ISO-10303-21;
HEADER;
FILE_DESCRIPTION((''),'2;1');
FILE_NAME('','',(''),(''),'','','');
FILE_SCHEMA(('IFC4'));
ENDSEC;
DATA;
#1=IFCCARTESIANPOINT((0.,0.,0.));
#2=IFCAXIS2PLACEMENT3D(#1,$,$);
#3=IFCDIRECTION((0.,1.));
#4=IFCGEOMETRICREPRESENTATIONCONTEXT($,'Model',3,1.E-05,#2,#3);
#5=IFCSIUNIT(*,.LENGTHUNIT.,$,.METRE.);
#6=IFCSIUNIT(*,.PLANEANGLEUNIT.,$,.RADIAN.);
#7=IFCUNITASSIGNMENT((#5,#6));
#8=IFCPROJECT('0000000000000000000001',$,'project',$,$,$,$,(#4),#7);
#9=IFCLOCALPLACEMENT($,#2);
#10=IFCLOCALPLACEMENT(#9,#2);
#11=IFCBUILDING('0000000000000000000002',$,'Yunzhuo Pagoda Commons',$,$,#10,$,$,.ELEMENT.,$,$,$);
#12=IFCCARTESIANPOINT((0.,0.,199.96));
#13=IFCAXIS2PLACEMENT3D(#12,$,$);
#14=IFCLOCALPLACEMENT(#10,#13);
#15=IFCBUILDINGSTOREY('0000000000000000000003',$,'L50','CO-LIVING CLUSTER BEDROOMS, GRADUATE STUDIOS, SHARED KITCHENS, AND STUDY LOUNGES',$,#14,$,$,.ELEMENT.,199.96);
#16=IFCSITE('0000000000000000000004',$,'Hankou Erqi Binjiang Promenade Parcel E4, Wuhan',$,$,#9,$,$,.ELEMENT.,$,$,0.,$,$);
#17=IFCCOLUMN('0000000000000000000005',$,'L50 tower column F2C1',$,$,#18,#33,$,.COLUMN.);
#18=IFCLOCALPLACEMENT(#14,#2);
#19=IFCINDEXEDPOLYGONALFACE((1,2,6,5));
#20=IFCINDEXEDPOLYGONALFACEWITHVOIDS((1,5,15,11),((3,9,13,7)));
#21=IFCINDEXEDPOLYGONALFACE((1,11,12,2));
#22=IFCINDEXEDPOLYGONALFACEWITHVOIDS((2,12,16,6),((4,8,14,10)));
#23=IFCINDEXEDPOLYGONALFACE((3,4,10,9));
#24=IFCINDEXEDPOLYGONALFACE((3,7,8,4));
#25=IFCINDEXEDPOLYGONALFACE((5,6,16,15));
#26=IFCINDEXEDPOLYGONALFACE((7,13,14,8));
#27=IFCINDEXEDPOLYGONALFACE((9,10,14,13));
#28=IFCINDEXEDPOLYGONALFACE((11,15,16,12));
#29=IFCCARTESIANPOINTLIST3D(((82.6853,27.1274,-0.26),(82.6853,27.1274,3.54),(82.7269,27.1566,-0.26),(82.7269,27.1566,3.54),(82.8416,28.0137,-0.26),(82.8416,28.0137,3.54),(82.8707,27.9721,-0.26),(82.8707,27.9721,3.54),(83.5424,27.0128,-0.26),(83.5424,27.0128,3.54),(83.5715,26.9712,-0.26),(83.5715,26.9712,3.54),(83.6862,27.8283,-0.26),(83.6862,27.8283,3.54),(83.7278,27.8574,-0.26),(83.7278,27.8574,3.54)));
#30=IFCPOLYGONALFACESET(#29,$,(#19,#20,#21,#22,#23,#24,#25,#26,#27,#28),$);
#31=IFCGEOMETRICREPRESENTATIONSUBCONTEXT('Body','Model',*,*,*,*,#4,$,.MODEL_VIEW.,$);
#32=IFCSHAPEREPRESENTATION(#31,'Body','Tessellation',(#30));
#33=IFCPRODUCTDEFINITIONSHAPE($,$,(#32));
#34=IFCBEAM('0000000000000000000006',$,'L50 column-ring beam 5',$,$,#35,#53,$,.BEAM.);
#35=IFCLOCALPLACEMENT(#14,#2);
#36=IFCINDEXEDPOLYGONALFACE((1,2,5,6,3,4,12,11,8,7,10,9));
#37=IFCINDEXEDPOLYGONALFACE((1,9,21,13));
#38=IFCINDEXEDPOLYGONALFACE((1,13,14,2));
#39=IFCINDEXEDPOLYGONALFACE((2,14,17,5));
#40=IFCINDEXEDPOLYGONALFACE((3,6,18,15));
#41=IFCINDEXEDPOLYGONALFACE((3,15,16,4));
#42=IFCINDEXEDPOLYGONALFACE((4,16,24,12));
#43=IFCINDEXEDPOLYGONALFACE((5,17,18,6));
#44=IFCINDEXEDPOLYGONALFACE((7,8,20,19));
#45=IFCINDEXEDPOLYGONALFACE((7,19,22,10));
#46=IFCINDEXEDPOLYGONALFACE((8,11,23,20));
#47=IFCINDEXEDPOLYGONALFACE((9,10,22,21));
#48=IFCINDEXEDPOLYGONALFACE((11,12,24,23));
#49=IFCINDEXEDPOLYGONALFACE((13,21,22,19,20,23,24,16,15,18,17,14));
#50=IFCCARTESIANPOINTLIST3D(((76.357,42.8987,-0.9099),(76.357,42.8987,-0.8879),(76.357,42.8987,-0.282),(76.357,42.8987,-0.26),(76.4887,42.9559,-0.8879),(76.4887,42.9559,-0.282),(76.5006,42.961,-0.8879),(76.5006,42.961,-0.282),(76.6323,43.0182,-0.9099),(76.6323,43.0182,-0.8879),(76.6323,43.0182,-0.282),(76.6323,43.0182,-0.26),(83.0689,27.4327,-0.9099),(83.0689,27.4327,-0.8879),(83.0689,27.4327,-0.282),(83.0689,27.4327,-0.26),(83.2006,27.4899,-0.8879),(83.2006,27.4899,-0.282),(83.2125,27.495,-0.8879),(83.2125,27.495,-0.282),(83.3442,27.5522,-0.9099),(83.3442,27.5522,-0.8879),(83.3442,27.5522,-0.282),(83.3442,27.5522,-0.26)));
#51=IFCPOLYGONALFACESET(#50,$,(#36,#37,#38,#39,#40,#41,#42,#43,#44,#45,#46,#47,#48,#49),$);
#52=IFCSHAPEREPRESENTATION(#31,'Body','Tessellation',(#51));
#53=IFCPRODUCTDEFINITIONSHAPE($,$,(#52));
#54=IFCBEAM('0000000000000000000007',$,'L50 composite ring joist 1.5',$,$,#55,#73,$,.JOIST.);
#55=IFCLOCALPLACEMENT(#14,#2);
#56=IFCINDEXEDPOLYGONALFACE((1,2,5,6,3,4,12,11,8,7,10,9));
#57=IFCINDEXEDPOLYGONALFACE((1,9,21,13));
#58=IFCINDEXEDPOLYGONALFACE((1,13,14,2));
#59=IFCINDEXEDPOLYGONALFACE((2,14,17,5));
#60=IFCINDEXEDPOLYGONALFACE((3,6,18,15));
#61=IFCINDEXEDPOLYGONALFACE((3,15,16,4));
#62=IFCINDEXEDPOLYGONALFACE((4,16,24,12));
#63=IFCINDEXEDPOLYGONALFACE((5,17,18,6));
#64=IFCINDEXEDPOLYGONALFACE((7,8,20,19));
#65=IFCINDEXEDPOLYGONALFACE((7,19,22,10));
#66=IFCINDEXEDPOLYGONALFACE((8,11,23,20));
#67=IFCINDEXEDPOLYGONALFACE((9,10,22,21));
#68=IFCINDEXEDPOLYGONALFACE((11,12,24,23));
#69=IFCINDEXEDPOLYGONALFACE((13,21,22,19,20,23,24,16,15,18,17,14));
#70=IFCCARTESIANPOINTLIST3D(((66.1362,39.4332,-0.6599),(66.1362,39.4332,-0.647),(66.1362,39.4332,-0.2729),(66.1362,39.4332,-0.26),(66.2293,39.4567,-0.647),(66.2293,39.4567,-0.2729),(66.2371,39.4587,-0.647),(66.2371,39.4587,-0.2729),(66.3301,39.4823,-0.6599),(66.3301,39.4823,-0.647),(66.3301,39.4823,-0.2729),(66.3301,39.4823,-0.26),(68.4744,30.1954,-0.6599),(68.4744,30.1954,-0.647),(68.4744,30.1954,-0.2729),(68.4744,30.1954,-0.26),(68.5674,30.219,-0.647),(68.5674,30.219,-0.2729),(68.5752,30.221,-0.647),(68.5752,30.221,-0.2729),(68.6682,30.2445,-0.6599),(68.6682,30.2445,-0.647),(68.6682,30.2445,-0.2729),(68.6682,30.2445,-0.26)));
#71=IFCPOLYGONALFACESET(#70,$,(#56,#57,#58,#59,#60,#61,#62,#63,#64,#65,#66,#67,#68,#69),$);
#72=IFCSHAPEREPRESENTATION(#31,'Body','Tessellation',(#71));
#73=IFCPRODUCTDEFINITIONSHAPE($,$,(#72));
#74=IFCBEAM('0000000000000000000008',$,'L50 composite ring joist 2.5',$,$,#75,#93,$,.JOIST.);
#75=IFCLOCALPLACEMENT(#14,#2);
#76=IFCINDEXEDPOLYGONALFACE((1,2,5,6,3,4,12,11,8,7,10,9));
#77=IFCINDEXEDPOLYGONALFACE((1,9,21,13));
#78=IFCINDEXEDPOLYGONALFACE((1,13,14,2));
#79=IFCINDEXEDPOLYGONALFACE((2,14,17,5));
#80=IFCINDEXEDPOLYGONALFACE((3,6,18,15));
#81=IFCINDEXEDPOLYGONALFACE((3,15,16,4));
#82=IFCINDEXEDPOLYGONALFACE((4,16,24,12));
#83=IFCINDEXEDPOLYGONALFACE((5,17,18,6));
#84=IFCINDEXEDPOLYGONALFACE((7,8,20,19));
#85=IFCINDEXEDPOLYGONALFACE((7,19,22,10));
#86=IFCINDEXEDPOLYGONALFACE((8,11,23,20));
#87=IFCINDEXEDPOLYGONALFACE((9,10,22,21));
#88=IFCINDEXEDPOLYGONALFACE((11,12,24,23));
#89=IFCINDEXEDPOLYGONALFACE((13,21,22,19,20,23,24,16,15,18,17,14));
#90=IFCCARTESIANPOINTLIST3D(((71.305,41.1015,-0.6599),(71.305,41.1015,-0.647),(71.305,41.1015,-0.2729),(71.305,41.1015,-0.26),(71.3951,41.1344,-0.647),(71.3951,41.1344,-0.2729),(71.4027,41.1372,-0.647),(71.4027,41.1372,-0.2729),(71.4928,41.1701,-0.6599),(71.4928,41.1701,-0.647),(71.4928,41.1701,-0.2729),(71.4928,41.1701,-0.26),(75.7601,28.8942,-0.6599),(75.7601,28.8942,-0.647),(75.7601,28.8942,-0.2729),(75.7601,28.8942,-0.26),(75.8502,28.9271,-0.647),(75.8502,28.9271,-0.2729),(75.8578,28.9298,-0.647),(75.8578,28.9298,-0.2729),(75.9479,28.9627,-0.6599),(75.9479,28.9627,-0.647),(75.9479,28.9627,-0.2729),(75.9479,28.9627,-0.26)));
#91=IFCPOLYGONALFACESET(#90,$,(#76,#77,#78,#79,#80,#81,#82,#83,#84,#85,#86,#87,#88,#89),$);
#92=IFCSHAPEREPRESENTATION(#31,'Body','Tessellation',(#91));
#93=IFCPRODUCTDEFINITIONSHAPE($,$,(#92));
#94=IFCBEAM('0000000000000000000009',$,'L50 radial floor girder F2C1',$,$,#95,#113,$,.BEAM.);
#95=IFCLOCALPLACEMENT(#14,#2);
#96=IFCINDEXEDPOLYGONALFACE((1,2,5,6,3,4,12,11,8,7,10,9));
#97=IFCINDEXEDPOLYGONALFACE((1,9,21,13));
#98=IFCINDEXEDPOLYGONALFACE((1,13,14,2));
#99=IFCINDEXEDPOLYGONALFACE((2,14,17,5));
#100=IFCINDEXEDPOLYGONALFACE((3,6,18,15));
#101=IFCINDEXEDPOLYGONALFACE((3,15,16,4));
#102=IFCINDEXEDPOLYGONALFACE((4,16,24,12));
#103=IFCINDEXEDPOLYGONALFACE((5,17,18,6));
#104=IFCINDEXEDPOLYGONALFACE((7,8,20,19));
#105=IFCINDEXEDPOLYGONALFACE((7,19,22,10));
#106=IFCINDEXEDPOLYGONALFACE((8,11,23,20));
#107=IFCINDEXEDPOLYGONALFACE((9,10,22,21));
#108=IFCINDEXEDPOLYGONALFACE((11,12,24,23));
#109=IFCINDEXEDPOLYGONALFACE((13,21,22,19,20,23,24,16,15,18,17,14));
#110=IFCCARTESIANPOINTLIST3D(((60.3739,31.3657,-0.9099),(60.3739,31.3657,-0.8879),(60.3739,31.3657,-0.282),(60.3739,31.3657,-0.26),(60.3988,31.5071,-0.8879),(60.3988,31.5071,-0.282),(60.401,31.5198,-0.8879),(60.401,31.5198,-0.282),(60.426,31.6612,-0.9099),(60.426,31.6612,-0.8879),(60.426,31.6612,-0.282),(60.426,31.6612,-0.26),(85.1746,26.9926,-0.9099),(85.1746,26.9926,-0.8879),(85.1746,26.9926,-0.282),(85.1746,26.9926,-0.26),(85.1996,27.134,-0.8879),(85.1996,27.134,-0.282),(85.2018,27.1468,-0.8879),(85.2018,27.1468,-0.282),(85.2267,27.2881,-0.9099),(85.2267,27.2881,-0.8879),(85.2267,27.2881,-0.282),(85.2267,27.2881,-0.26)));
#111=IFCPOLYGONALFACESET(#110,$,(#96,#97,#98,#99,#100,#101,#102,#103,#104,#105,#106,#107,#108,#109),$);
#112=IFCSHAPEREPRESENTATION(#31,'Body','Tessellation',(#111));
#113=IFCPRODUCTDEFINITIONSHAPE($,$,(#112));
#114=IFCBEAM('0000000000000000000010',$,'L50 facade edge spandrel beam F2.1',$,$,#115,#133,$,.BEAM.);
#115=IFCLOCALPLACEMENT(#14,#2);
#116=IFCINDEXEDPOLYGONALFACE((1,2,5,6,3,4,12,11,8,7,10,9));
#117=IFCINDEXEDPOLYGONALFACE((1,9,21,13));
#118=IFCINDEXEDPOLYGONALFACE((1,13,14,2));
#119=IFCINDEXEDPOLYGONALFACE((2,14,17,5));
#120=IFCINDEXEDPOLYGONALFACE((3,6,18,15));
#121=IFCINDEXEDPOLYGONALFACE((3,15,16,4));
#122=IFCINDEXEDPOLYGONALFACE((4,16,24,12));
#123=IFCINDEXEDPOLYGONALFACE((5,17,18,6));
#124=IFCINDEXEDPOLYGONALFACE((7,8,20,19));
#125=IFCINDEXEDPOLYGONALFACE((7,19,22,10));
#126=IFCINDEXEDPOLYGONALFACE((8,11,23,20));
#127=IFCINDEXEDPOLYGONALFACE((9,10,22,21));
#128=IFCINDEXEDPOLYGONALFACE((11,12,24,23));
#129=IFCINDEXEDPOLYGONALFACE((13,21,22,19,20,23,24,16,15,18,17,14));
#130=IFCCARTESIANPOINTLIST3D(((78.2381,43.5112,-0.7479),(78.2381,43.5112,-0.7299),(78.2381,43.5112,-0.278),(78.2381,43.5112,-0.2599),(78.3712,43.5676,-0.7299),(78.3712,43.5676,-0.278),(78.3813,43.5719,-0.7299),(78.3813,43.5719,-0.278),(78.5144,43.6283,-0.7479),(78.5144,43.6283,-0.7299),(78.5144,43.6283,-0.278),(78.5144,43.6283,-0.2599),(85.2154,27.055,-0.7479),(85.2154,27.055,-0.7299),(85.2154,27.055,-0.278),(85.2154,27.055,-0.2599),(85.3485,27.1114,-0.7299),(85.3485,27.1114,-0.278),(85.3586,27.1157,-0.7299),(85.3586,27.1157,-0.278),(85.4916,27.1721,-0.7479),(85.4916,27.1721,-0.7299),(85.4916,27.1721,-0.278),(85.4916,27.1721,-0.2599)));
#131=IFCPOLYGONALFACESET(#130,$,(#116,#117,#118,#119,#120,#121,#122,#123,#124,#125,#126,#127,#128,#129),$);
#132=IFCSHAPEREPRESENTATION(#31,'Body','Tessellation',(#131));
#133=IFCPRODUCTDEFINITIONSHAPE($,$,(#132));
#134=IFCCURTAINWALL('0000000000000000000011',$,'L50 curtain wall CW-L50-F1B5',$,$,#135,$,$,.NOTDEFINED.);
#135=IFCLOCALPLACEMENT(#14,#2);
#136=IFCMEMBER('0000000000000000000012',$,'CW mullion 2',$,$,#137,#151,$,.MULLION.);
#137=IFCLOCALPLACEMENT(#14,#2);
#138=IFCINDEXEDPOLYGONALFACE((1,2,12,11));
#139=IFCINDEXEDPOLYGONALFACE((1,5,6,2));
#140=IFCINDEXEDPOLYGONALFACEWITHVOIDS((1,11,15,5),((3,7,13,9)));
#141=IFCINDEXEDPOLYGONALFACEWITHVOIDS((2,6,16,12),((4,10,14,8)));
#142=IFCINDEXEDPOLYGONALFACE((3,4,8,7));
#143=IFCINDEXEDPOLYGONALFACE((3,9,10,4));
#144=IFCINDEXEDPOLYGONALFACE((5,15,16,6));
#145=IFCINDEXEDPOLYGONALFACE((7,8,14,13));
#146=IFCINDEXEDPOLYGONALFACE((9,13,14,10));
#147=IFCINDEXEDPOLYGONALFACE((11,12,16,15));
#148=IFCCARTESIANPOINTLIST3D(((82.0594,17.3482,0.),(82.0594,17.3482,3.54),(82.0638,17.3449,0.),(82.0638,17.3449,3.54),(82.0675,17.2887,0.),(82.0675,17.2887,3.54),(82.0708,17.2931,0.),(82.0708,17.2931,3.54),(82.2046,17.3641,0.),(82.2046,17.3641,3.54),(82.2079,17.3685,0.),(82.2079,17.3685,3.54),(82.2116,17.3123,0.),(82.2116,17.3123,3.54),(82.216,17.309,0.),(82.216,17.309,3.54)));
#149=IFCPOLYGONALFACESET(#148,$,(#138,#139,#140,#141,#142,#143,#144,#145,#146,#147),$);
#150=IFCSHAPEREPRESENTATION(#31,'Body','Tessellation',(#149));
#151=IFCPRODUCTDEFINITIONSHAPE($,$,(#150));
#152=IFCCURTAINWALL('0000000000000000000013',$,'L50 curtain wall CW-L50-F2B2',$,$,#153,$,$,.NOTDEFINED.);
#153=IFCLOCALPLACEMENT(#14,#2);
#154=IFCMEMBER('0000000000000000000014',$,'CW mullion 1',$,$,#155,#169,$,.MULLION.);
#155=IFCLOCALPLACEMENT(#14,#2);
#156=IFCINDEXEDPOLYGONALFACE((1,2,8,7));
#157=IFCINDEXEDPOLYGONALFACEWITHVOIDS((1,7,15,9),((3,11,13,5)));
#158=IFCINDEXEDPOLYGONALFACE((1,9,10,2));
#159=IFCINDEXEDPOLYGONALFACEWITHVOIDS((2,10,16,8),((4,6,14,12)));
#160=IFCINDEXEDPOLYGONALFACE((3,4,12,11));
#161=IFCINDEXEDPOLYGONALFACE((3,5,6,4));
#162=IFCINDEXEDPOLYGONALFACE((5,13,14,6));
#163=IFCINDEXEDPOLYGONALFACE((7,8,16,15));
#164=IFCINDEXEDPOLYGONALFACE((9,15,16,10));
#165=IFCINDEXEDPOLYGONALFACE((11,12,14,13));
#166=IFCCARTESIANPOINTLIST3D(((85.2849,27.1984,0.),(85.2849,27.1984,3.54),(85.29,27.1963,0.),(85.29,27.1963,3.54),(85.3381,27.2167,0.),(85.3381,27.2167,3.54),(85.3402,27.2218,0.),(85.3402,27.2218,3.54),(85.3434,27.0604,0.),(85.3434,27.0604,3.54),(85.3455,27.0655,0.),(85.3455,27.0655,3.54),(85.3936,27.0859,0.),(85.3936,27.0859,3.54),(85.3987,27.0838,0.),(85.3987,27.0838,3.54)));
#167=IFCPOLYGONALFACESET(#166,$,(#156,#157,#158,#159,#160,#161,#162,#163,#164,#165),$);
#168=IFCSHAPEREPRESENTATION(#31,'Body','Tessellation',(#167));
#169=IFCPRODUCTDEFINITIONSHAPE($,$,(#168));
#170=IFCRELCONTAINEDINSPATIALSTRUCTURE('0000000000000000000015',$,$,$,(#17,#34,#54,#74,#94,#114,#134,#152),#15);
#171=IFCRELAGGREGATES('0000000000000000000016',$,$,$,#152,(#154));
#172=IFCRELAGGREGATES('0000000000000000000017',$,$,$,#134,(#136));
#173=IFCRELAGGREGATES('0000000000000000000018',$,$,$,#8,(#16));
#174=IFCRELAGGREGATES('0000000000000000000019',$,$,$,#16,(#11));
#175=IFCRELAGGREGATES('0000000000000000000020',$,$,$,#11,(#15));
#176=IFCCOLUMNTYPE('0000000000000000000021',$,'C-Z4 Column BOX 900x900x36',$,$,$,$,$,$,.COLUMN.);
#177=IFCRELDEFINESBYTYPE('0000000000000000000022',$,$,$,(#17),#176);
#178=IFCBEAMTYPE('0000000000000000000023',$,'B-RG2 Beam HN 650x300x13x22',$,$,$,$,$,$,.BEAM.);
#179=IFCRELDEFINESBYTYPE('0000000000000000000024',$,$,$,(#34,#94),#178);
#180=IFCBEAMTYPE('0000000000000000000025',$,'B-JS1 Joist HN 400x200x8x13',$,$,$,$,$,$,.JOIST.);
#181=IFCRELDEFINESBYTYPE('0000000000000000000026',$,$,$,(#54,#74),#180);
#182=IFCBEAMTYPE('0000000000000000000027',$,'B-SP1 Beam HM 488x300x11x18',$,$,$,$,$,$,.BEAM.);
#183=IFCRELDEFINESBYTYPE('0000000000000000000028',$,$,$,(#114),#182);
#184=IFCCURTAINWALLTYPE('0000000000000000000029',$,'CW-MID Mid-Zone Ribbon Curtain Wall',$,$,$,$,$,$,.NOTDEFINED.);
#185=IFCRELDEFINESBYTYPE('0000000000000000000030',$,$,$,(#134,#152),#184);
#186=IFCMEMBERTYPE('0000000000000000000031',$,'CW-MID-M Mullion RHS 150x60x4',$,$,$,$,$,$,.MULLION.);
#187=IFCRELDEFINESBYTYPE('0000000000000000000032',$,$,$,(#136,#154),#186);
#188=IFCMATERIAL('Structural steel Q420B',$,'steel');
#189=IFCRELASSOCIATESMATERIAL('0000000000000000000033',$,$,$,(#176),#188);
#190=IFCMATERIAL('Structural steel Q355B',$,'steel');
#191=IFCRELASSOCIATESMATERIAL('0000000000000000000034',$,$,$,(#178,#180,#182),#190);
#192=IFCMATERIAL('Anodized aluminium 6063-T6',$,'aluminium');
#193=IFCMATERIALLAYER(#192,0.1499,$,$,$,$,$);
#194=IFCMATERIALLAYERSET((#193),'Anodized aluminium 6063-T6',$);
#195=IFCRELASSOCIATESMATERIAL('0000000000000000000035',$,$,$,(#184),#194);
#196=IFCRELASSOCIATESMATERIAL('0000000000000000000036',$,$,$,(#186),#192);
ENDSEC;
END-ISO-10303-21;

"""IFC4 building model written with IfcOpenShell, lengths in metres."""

from ifc_helpers import new_model, si_unit, direction, frame, origin, origin_2d, place, context, subcontext, project, spatial, hollow_rectangle, i_section, extrude, source, transform, mapped, material, layer, layer_set, material_profile, profile_set, type_object, element, aggregate, save


model = new_model("IFC4")

# Units and contexts
model_context = context("Model", 3, precision=1e-05, world=origin(), true_north=direction((0.0, 1.0)))
body_context = subcontext(model_context, "Body", "Model", "MODEL_VIEW")
ifc_project = project(units=[si_unit("LENGTHUNIT", "METRE"), si_unit("PLANEANGLEUNIT", "RADIAN")], contexts=[model_context])

# Site, building, storey
site_placement = place(None, origin())
site = spatial("IfcSite", under=ifc_project, at=site_placement, Name="Hankou Erqi Binjiang Promenade Parcel E4, Wuhan", CompositionType="ELEMENT", RefElevation=0.0)
building_placement = place(site_placement, origin())
building = spatial("IfcBuilding", under=site, at=building_placement, Name="Yunzhuo Pagoda Commons", CompositionType="ELEMENT")
storey_placement = place(building_placement, frame((0.0, 0.0, 199.96)))
storey = spatial("IfcBuildingStorey", under=building, at=storey_placement, Name="L50", Description="CO-LIVING CLUSTER BEDROOMS, GRADUATE STUDIOS, SHARED KITCHENS, AND STUDY LOUNGES", CompositionType="ELEMENT", Elevation=199.96)

# Column
ifc_material_1 = material(Name="Structural steel Q420B", Category="steel")
ifc_material_profile_1 = material_profile(ifc_material_1, hollow_rectangle(XDim=0.8999, YDim=0.8999, WallThickness=0.0359, at=origin_2d()), Name="Structural steel Q420B")
ifc_profile_set_1 = profile_set([ifc_material_profile_1], Name="Structural steel Q420B")
column_type = type_object("IfcColumnType", Name="C-Z4 Column BOX 900x900x36", PredefinedType="COLUMN", material=ifc_profile_set_1)
shared_shape_1 = source(origin(), body_context, "Body", "SweptSolid", [
    extrude(hollow_rectangle(XDim=0.8999, YDim=0.8999, WallThickness=0.0359, at=origin_2d()), origin(), (0.0, 0.0, 1.0), 3.8),
])
column_placement = place(storey_placement, frame((83.2065, 27.4924, -0.26), z_axis=(0.0, 0.0, 1.0), x_axis=(0.173648, 0.984808, 0.0)))
element("IfcColumn", 1, at=column_placement, inside=storey, type_object=column_type, Name="L50 tower column F2C1", PredefinedType="COLUMN", context=body_context, shape_type="MappedRepresentation", body=[
    mapped(shared_shape_1, transform((0.0, 0.0, 0.0), scale=1.0)),
])

# Beams
ifc_material_2 = material(Name="Structural steel Q355B", Category="steel")
ifc_material_profile_2 = material_profile(ifc_material_2, i_section(OverallWidth=0.3, OverallDepth=0.6499, WebThickness=0.0129, FlangeThickness=0.022, at=origin_2d()), Name="Structural steel Q355B")
ifc_profile_set_2 = profile_set([ifc_material_profile_2], Name="Structural steel Q355B")
beam_type_1 = type_object("IfcBeamType", Name="B-RG2 Beam HN 650x300x13x22", PredefinedType="BEAM", material=ifc_profile_set_2)
shared_shape_2 = source(origin(), body_context, "Body", "SweptSolid", [
    extrude(i_section(OverallWidth=0.3, OverallDepth=0.6499, WebThickness=0.0129, FlangeThickness=0.022, at=origin_2d()), origin(), (0.0, 0.0, 1.0), 16.8596),
])
beam_1_placement = place(storey_placement, frame((83.2065, 27.4924, -0.585), z_axis=(-0.398104, 0.91734, 0.0), x_axis=(-0.91734, -0.398104, 0.0)))
element("IfcBeam", 2, at=beam_1_placement, inside=storey, type_object=beam_type_1, Name="L50 column-ring beam 5", PredefinedType="BEAM", context=body_context, shape_type="MappedRepresentation", body=[
    mapped(shared_shape_2, transform((0.0, 0.0, 0.0), scale=1.0)),
])
ifc_material_profile_3 = material_profile(ifc_material_2, i_section(OverallWidth=0.2, OverallDepth=0.3999, WebThickness=0.0081, FlangeThickness=0.0129, at=origin_2d()), Name="Structural steel Q355B")
ifc_profile_set_3 = profile_set([ifc_material_profile_3], Name="Structural steel Q355B")
beam_type_2 = type_object("IfcBeamType", Name="B-JS1 Joist HN 400x200x8x13", PredefinedType="JOIST", material=ifc_profile_set_3)
shared_shape_3 = source(origin(), body_context, "Body", "SweptSolid", [
    extrude(i_section(OverallWidth=0.2, OverallDepth=0.3999, WebThickness=0.0081, FlangeThickness=0.0129, at=origin_2d()), origin(), (0.0, 0.0, 1.0), 9.5291),
])
beam_2_placement = place(storey_placement, frame((68.5713, 30.22, -0.46), z_axis=(-0.245368, 0.96943, 0.0), x_axis=(-0.96943, -0.245368, 0.0)))
element("IfcBeam", 3, at=beam_2_placement, inside=storey, type_object=beam_type_2, Name="L50 composite ring joist 1.5", PredefinedType="JOIST", context=body_context, shape_type="MappedRepresentation", body=[
    mapped(shared_shape_3, transform((0.0, 0.0, 0.0), scale=1.0)),
])
shared_shape_4 = source(origin(), body_context, "Body", "SweptSolid", [
    extrude(i_section(OverallWidth=0.2, OverallDepth=0.3999, WebThickness=0.0081, FlangeThickness=0.0129, at=origin_2d()), origin(), (0.0, 0.0, 1.0), 12.9949),
])
beam_3_placement = place(storey_placement, frame((75.854, 28.9285, -0.46), z_axis=(-0.342835, 0.939396, 0.0), x_axis=(-0.939396, -0.342835, 0.0)))
element("IfcBeam", 4, at=beam_3_placement, inside=storey, type_object=beam_type_2, Name="L50 composite ring joist 2.5", PredefinedType="JOIST", context=body_context, shape_type="MappedRepresentation", body=[
    mapped(shared_shape_4, transform((0.0, 0.0, 0.0), scale=1.0)),
])
shared_shape_5 = source(origin(), body_context, "Body", "SweptSolid", [
    extrude(i_section(OverallWidth=0.3, OverallDepth=0.6499, WebThickness=0.0129, FlangeThickness=0.022, at=origin_2d()), origin(), (0.0, 0.0, 1.0), 25.1833),
])
beam_4_placement = place(storey_placement, frame((85.2007, 27.1404, -0.585), z_axis=(-0.984808, 0.173648, 0.0), x_axis=(-0.173648, -0.984808, 0.0)))
element("IfcBeam", 5, at=beam_4_placement, inside=storey, type_object=beam_type_1, Name="L50 radial floor girder F2C1", PredefinedType="BEAM", context=body_context, shape_type="MappedRepresentation", body=[
    mapped(shared_shape_5, transform((0.0, 0.0, 0.0), scale=1.0)),
])
ifc_material_profile_4 = material_profile(ifc_material_2, i_section(OverallWidth=0.3, OverallDepth=0.488, WebThickness=0.011, FlangeThickness=0.0181, at=origin_2d()), Name="Structural steel Q355B")
ifc_profile_set_4 = profile_set([ifc_material_profile_4], Name="Structural steel Q355B")
beam_type_3 = type_object("IfcBeamType", Name="B-SP1 Beam HM 488x300x11x18", PredefinedType="BEAM", material=ifc_profile_set_4)
shared_shape_6 = source(origin(), body_context, "Body", "SweptSolid", [
    extrude(i_section(OverallWidth=0.3, OverallDepth=0.488, WebThickness=0.011, FlangeThickness=0.0181, at=origin_2d()), origin(), (0.0, 0.0, 1.0), 17.8743),
])
beam_5_placement = place(storey_placement, frame((85.3535, 27.1135, -0.5039), z_axis=(-0.390352, 0.920666, 0.0), x_axis=(-0.920666, -0.390352, 0.0)))
element("IfcBeam", 6, at=beam_5_placement, inside=storey, type_object=beam_type_3, Name="L50 facade edge spandrel beam F2.1", PredefinedType="BEAM", context=body_context, shape_type="MappedRepresentation", body=[
    mapped(shared_shape_6, transform((0.0, 0.0, 0.0), scale=1.0)),
])

# Curtain walls, members
ifc_material_3 = material(Name="Anodized aluminium 6063-T6", Category="aluminium")
ifc_layer_1 = layer(ifc_material_3, 0.1499)
ifc_layer_set_1 = layer_set([ifc_layer_1], Name="Anodized aluminium 6063-T6")
curtain_wall_type = type_object("IfcCurtainWallType", Name="CW-MID Mid-Zone Ribbon Curtain Wall", PredefinedType="NOTDEFINED", material=ifc_layer_set_1)
curtain_wall_1_placement = place(storey_placement, origin())
curtain_wall_1 = element("IfcCurtainWall", 7, at=curtain_wall_1_placement, inside=storey, type_object=curtain_wall_type, Name="L50 curtain wall CW-L50-F1B5", PredefinedType="NOTDEFINED")
ifc_material_profile_5 = material_profile(ifc_material_3, hollow_rectangle(XDim=0.0601, YDim=0.1499, WallThickness=0.0039, at=origin_2d()), Name="Anodized aluminium 6063-T6")
ifc_profile_set_5 = profile_set([ifc_material_profile_5], Name="Anodized aluminium 6063-T6")
member_type_1 = type_object("IfcMemberType", Name="CW-MID-M Mullion RHS 150x60x4", PredefinedType="MULLION", material=ifc_profile_set_5)
shared_shape_7 = source(origin(), body_context, "Body", "SweptSolid", [
    extrude(hollow_rectangle(XDim=0.0601, YDim=0.1499, WallThickness=0.0039, at=origin_2d()), origin(), (0.0, 0.0, 1.0), 3.54),
])
member_1_placement = place(storey_placement, frame((82.1377, 17.3286, 0.0), z_axis=(0.0, 0.0, 1.0), x_axis=(-0.135312, 0.990803, 0.0)))
member_1 = element("IfcMember", 8, at=member_1_placement, type_object=member_type_1, Name="CW mullion 2", PredefinedType="MULLION", context=body_context, shape_type="MappedRepresentation", body=[
    mapped(shared_shape_7, transform((0.0, 0.0, 0.0), scale=1.0)),
])
curtain_wall_2_placement = place(storey_placement, origin())
curtain_wall_2 = element("IfcCurtainWall", 9, at=curtain_wall_2_placement, inside=storey, type_object=curtain_wall_type, Name="L50 curtain wall CW-L50-F2B2", PredefinedType="NOTDEFINED")
member_2_placement = place(storey_placement, frame((85.3418, 27.1411, 0.0), z_axis=(0.0, 0.0, 1.0), x_axis=(-0.920667, -0.39035, 0.0)))
member_2 = element("IfcMember", 10, at=member_2_placement, type_object=member_type_1, Name="CW mullion 1", PredefinedType="MULLION", context=body_context, shape_type="MappedRepresentation", body=[
    mapped(shared_shape_7, transform((0.0, 0.0, 0.0), scale=1.0)),
])

aggregate(curtain_wall_2, [member_2])
aggregate(curtain_wall_1, [member_1])

save(model, "model.ifc")
